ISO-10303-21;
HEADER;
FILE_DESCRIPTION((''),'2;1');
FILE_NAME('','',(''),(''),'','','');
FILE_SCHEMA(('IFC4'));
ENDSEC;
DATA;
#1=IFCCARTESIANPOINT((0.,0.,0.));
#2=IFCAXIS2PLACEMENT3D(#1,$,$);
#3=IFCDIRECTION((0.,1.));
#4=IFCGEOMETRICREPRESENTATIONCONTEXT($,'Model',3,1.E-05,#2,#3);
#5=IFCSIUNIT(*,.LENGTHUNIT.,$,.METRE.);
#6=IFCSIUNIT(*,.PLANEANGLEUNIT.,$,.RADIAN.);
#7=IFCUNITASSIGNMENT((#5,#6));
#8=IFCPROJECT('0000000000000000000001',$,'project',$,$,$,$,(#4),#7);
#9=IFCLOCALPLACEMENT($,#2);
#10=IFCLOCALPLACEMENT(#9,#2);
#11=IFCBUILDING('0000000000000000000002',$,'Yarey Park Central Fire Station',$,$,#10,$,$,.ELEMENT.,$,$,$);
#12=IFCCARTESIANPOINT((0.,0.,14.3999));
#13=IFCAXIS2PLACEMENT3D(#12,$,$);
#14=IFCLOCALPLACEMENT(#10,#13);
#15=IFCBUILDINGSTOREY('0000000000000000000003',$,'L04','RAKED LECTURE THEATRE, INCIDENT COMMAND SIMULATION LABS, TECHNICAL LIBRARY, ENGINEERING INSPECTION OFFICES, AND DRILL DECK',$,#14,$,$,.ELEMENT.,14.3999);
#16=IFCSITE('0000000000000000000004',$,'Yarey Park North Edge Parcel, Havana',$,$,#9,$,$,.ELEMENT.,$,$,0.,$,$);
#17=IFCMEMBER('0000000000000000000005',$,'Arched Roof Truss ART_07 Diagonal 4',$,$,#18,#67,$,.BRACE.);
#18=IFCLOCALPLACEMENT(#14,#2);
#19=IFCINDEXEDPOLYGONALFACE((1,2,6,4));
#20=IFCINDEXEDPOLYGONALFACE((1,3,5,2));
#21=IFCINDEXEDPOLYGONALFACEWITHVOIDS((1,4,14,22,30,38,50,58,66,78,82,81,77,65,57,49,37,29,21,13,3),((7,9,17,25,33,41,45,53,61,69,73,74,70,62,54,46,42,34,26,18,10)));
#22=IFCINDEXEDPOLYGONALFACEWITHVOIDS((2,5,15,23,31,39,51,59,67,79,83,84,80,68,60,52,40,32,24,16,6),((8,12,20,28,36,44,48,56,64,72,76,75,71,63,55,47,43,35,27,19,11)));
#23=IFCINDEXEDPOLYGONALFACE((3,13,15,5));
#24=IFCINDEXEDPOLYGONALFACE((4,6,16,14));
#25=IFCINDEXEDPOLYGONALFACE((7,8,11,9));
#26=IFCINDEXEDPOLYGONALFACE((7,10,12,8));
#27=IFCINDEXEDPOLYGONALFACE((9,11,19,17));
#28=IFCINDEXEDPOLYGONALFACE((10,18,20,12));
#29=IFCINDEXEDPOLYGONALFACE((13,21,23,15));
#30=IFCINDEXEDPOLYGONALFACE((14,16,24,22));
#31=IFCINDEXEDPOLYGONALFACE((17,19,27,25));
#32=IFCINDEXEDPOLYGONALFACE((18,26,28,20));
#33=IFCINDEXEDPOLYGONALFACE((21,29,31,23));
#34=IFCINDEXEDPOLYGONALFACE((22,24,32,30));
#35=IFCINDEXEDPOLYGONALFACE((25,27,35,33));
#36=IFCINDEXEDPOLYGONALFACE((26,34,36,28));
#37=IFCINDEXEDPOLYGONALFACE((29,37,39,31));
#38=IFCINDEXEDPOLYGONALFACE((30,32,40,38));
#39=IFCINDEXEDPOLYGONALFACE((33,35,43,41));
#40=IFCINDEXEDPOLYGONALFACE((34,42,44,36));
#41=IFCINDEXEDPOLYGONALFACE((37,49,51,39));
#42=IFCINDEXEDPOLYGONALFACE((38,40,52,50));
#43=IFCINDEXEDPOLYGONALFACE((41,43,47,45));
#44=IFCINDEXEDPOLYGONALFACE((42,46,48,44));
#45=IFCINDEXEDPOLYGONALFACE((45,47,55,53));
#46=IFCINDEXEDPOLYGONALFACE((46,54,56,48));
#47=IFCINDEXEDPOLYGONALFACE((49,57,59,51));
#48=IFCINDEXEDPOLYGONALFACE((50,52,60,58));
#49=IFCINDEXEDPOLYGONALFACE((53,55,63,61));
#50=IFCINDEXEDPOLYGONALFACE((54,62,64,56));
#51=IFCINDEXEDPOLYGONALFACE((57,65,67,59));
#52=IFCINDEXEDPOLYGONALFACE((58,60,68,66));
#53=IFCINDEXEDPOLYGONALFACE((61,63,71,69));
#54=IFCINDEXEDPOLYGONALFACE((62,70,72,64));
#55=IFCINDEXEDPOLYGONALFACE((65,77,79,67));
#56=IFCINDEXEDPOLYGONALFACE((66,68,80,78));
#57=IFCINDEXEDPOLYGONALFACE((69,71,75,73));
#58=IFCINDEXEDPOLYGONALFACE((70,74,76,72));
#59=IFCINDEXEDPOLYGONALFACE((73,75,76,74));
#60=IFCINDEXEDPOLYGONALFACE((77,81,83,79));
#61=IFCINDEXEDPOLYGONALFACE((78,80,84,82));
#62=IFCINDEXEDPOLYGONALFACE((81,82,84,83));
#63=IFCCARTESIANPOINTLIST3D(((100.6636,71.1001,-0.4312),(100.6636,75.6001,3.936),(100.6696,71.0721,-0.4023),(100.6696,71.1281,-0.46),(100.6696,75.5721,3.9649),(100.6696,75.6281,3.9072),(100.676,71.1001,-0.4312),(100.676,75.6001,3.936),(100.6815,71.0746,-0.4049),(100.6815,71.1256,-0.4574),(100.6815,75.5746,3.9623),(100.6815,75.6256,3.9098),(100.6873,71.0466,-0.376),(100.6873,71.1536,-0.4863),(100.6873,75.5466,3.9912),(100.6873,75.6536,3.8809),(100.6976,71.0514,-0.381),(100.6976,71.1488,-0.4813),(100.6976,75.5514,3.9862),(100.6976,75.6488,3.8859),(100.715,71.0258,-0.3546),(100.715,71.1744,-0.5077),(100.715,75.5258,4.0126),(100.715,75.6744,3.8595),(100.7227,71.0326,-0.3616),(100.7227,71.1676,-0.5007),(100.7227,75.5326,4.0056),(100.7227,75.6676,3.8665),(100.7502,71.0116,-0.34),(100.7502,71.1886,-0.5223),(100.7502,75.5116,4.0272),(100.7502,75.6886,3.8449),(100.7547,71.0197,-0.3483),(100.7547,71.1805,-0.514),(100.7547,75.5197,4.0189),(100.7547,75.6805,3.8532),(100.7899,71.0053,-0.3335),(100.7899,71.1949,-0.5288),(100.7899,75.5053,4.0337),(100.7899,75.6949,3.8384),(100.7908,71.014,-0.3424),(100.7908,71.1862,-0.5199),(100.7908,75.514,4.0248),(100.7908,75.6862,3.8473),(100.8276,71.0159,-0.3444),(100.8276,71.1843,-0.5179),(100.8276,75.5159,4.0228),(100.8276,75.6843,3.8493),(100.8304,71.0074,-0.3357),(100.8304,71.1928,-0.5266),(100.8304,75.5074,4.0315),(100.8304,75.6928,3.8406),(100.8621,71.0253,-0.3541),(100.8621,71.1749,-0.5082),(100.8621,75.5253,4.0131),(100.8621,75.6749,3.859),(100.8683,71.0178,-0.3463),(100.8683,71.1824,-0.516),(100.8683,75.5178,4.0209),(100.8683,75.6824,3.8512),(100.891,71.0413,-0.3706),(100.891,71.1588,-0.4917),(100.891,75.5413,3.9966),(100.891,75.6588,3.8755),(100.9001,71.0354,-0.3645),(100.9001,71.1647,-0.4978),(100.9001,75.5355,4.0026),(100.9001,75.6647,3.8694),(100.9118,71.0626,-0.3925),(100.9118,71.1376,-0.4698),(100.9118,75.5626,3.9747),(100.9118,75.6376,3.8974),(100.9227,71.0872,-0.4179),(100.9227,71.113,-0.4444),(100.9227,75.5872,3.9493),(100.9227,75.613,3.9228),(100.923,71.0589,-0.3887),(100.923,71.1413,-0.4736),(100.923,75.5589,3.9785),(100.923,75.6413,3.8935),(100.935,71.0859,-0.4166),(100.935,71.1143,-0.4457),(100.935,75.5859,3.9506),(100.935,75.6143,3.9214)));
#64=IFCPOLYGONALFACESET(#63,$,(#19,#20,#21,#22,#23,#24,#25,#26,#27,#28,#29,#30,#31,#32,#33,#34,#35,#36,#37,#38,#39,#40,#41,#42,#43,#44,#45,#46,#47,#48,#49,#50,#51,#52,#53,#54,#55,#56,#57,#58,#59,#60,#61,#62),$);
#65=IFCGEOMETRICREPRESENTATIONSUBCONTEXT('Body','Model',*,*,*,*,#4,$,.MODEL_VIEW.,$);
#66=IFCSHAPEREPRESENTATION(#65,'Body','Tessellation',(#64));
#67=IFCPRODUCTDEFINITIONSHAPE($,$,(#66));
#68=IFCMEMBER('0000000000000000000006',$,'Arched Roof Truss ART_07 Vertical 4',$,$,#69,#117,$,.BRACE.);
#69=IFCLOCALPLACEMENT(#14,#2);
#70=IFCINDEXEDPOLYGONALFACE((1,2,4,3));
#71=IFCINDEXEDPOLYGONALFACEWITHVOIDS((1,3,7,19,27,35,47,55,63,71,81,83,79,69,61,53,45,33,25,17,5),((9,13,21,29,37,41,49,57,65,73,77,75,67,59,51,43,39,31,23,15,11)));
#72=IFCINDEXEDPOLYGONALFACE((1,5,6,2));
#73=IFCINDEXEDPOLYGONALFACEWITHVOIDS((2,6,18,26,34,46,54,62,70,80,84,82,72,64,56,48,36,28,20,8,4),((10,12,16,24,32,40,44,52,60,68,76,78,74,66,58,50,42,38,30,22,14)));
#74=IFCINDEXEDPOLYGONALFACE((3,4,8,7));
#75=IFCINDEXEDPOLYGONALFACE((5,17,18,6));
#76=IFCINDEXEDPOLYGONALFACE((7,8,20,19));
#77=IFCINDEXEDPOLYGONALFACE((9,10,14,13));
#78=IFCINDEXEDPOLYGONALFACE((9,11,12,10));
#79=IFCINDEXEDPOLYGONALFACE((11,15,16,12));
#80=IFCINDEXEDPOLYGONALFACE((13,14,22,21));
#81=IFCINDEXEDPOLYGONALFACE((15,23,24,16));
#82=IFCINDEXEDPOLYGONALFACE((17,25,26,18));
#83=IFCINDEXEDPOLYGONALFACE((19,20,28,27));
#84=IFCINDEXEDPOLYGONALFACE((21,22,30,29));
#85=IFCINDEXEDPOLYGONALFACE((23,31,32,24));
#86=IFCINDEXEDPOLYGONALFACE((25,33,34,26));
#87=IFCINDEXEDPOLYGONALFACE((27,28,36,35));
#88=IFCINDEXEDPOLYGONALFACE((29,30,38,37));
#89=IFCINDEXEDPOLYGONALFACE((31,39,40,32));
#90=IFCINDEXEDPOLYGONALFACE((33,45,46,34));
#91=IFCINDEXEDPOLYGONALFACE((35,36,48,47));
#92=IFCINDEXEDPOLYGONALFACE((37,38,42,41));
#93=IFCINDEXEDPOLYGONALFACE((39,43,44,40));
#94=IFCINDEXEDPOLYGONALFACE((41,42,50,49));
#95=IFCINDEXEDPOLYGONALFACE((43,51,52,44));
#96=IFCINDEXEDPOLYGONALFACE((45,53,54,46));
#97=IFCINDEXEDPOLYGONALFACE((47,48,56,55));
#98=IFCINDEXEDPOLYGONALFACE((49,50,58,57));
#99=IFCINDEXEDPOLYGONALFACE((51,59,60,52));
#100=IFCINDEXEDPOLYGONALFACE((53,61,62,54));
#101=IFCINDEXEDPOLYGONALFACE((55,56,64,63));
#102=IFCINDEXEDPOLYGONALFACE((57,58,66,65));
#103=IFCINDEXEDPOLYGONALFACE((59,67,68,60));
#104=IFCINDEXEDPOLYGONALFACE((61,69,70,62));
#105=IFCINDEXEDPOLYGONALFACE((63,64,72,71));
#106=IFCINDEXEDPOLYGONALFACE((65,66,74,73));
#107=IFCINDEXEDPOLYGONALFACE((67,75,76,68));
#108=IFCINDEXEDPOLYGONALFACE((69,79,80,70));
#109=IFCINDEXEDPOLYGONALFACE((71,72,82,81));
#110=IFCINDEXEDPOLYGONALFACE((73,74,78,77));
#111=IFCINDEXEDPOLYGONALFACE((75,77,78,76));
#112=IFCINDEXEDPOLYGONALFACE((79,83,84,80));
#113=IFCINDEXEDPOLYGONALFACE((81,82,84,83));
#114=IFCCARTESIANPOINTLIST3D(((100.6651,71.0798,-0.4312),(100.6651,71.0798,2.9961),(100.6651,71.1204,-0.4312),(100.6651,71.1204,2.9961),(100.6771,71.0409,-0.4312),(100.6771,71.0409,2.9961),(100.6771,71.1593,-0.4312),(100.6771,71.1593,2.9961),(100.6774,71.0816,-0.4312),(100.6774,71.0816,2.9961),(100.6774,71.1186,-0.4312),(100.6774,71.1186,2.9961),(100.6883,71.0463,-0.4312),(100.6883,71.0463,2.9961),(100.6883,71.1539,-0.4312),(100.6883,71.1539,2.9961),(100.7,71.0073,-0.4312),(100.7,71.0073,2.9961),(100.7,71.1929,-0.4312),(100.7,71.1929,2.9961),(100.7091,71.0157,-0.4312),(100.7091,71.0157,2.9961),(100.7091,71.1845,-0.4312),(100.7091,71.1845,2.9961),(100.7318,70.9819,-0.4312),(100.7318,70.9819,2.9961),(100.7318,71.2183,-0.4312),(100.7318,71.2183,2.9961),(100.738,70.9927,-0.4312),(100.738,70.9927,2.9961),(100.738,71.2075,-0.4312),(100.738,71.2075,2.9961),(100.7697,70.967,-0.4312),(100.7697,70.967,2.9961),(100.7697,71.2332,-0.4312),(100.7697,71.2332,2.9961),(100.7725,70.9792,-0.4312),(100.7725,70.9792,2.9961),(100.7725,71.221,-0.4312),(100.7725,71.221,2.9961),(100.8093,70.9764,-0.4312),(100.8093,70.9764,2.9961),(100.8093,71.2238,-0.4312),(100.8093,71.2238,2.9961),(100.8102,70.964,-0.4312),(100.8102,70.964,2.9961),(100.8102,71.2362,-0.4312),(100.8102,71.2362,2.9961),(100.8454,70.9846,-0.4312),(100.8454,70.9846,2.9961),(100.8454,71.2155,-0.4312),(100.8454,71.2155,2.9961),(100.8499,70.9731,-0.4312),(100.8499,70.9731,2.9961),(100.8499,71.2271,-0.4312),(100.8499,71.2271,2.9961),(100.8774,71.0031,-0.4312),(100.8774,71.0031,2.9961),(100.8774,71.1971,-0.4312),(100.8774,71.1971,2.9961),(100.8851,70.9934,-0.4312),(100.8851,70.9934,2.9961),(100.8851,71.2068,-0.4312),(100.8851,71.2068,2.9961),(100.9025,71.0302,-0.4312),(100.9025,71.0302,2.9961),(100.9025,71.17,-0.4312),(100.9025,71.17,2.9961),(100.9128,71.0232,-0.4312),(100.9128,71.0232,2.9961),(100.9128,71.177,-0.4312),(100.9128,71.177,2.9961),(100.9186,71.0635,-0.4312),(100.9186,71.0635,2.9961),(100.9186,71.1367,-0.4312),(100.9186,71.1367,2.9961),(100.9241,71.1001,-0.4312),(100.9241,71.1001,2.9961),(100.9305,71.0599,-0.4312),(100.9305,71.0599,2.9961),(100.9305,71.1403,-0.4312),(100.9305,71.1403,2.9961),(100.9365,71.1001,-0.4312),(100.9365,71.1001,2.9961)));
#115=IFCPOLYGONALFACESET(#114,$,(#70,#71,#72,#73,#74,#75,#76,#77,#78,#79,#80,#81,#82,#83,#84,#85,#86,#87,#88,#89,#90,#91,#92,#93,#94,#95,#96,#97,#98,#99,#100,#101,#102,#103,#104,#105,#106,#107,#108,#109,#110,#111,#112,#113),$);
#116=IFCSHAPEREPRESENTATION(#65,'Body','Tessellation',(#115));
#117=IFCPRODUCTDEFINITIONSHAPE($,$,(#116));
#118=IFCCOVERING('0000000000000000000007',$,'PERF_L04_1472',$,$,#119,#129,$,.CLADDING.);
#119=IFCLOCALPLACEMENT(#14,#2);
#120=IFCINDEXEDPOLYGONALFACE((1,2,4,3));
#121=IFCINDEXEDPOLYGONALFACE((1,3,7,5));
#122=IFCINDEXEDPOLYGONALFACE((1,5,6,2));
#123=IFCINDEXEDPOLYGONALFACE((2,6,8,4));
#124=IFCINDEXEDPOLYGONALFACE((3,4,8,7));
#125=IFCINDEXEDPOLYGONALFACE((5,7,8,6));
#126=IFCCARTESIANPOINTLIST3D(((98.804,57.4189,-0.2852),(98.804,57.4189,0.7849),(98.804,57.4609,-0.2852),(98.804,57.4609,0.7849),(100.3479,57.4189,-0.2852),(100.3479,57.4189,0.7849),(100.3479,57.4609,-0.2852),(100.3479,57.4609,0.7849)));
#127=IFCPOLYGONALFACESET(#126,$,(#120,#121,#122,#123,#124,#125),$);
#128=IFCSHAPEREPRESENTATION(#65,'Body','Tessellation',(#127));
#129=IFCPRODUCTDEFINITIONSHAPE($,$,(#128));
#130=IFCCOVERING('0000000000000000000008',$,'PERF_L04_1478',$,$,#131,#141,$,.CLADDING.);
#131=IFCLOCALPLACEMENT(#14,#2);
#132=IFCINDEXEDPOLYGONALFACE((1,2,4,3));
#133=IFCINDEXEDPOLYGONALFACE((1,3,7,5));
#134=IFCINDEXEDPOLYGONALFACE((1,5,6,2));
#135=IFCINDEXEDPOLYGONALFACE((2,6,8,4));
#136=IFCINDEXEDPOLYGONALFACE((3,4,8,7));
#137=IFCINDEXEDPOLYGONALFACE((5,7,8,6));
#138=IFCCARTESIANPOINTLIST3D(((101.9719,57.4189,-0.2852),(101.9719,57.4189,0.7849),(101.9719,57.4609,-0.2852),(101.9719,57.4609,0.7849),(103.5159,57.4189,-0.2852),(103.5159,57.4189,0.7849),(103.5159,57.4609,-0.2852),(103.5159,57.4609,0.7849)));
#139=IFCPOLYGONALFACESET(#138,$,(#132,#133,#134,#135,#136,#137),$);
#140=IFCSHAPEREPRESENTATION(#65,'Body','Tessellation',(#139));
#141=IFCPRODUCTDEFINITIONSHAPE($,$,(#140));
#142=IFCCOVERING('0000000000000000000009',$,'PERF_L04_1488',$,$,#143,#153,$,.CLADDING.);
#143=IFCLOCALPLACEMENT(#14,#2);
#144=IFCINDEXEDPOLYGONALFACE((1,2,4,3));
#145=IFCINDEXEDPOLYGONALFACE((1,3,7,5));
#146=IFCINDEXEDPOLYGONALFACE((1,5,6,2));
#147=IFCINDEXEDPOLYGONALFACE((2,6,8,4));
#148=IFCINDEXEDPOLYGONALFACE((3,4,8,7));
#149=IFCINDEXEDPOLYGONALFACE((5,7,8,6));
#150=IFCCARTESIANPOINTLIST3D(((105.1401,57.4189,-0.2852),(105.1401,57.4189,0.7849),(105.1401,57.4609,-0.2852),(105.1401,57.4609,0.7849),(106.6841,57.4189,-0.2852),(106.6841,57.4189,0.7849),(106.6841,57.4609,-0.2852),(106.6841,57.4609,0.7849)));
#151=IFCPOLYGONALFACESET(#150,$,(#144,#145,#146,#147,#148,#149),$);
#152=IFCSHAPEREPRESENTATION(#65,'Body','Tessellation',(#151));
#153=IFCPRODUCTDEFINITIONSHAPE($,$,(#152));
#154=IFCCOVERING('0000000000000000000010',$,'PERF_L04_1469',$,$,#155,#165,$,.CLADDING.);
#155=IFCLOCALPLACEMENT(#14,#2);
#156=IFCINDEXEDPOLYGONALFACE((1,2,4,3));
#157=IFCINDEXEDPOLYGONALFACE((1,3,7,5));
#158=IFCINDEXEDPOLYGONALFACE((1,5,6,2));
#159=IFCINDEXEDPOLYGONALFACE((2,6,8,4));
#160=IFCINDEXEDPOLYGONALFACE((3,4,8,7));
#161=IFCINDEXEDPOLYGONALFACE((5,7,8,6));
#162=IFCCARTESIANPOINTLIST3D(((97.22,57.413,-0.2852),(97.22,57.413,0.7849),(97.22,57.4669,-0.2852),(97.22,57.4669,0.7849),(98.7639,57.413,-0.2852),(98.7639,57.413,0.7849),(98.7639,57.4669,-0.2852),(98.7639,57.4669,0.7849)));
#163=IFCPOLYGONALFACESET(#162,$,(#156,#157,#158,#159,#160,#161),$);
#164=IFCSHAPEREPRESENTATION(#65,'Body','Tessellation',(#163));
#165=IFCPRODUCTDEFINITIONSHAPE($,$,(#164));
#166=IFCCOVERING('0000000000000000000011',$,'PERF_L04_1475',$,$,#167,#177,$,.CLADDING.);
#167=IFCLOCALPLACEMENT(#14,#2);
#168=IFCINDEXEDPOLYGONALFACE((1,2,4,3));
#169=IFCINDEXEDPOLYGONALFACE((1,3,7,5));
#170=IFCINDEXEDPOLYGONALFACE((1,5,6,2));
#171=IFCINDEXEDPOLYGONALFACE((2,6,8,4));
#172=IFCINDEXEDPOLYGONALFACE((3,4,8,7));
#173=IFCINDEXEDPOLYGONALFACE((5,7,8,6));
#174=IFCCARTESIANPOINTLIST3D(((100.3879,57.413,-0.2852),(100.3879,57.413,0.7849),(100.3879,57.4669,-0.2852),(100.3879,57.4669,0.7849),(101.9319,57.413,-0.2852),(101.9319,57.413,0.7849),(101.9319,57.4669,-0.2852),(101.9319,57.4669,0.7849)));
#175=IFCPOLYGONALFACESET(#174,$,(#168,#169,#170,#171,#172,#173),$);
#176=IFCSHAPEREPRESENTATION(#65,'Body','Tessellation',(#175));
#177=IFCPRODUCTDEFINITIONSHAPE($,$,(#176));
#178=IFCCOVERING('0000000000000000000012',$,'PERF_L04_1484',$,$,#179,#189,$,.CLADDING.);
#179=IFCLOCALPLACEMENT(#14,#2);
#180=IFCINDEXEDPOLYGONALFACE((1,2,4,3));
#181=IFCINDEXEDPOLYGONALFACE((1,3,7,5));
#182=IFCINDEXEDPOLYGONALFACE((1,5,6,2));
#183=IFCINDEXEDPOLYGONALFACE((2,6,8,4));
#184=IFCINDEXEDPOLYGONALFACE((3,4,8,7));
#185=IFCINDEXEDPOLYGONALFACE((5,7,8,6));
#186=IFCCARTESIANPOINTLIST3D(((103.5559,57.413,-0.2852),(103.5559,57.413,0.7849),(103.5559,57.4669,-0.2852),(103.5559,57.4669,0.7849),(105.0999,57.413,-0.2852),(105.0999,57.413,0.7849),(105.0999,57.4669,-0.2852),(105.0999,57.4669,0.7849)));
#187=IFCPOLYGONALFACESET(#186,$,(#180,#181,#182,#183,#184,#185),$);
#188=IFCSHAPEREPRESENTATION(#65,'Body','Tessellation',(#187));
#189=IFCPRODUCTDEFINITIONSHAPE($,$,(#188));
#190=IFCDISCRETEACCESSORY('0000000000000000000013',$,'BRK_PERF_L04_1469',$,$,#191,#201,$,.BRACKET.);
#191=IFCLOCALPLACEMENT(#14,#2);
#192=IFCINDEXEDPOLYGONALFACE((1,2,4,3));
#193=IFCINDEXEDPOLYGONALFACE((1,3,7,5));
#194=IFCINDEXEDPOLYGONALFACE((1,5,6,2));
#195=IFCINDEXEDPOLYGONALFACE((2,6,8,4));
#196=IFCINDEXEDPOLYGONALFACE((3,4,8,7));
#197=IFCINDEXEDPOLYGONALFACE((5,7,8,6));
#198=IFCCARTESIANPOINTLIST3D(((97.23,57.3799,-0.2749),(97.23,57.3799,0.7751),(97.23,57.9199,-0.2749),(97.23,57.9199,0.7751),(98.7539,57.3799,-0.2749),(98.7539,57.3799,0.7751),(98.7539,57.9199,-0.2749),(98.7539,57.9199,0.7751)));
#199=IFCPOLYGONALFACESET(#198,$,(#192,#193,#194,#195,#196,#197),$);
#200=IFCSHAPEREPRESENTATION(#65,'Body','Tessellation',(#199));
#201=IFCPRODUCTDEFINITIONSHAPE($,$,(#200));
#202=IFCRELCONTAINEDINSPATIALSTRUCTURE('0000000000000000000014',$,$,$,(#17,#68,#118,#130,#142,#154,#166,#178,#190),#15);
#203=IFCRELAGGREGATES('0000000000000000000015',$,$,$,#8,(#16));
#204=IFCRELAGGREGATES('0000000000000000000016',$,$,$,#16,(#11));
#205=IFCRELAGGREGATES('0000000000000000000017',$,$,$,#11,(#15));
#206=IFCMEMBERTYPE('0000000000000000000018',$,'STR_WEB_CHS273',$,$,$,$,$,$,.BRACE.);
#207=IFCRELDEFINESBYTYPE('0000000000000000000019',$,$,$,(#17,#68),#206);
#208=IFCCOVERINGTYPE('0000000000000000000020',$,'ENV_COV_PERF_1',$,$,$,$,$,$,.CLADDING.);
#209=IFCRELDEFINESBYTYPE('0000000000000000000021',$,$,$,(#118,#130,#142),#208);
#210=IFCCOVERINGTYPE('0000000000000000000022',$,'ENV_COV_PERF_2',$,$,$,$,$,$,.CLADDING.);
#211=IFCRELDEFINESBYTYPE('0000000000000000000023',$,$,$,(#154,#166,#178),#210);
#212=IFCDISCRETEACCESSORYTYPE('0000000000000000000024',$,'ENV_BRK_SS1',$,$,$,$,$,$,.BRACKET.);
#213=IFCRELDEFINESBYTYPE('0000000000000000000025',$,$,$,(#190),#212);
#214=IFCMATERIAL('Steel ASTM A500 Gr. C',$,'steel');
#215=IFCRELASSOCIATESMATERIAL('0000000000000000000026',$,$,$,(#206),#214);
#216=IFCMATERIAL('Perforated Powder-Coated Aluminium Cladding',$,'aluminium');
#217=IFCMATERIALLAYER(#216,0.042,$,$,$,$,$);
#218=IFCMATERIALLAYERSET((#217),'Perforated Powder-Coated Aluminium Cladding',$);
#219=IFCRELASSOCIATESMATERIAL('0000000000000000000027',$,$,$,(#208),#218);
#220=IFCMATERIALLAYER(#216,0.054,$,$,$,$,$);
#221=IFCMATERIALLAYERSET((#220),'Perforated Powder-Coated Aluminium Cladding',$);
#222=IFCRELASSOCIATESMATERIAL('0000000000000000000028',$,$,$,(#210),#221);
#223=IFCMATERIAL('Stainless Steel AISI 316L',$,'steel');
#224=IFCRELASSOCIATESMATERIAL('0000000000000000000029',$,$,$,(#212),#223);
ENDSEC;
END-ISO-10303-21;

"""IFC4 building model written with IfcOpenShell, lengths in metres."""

from ifc_helpers import new_model, si_unit, direction, frame, origin, origin_2d, place, context, subcontext, project, spatial, rectangle, hollow_circle, extrude, material, layer, layer_set, material_profile, profile_set, type_object, element, save


model = new_model("IFC4")

# Units and contexts
model_context = context("Model", 3, precision=1e-05, world=origin(), true_north=direction((0.0, 1.0)))
body_context = subcontext(model_context, "Body", "Model", "MODEL_VIEW")
ifc_project = project(units=[si_unit("LENGTHUNIT", "METRE"), si_unit("PLANEANGLEUNIT", "RADIAN")], contexts=[model_context])

# Site, building, storey
site_placement = place(None, origin())
site = spatial("IfcSite", under=ifc_project, at=site_placement, Name="Yarey Park North Edge Parcel, Havana", CompositionType="ELEMENT", RefElevation=0.0)
building_placement = place(site_placement, origin())
building = spatial("IfcBuilding", under=site, at=building_placement, Name="Yarey Park Central Fire Station", CompositionType="ELEMENT")
storey_placement = place(building_placement, frame((0.0, 0.0, 14.3999)))
storey = spatial("IfcBuildingStorey", under=building, at=storey_placement, Name="L04", Description="RAKED LECTURE THEATRE, INCIDENT COMMAND SIMULATION LABS, TECHNICAL LIBRARY, ENGINEERING INSPECTION OFFICES, AND DRILL DECK", CompositionType="ELEMENT", Elevation=14.3999)

# Shared definitions
ifc_material_1 = material(Name="Steel ASTM A500 Gr. C", Category="steel")

# Members
ifc_material_profile_1 = material_profile(ifc_material_1, hollow_circle(Radius=0.1365, WallThickness=0.0125, at=origin_2d()), Name="CHS 273x12.5")
ifc_profile_set_1 = profile_set([ifc_material_profile_1], Name="Steel ASTM A500 Gr. C")
member_type_1 = type_object("IfcMemberType", Name="STR_WEB_CHS273", PredefinedType="BRACE", material=ifc_profile_set_1)
member_1_placement = place(storey_placement, frame((100.8, 71.1001, -0.4312), z_axis=(0.0, 0.717617, 0.696438), x_axis=(-1.0, 0.0, 0.0)))
element("IfcMember", 1, at=member_1_placement, inside=storey, type_object=member_type_1, Name="Arched Roof Truss ART_07 Diagonal 4", PredefinedType="BRACE", context=body_context, shape_type="SweptSolid", body=[
    extrude(hollow_circle(Radius=0.1365, WallThickness=0.0125, at=origin_2d()), origin(), (0.0, 0.0, 1.0), 6.2708),
])
member_2_placement = place(storey_placement, frame((100.8, 71.1001, -0.4312), z_axis=(0.0, 0.0, 1.0), x_axis=(1.0, 0.0, 0.0)))
element("IfcMember", 2, at=member_2_placement, inside=storey, type_object=member_type_1, Name="Arched Roof Truss ART_07 Vertical 4", PredefinedType="BRACE", context=body_context, shape_type="SweptSolid", body=[
    extrude(hollow_circle(Radius=0.1365, WallThickness=0.0125, at=origin_2d()), origin(), (0.0, 0.0, 1.0), 3.4272),
])

# Coverings
ifc_material_2 = material(Name="Perforated Powder-Coated Aluminium Cladding", Category="aluminium")
ifc_layer_1 = layer(ifc_material_2, 0.042)
ifc_layer_set_1 = layer_set([ifc_layer_1], Name="Perforated Powder-Coated Aluminium Cladding")
covering_type_1 = type_object("IfcCoveringType", Name="ENV_COV_PERF_1", PredefinedType="CLADDING", material=ifc_layer_set_1)
for number, where, z_axis, x_axis, name in (
    (3, (99.5759, 57.4399, -0.2852), (0.0, 0.0, 1.0), (1.0, 0.0, 0.0), "PERF_L04_1472"),
    (4, (102.7439, 57.4399, -0.2852), (0.0, 0.0, 1.0), (1.0, 0.0, 0.0), "PERF_L04_1478"),
    (5, (105.9121, 57.4399, -0.2852), (0.0, 0.0, 1.0), (1.0, 0.0, 0.0), "PERF_L04_1488"),
):
    element("IfcCovering", number, at=place(storey_placement, frame(where, z_axis=z_axis, x_axis=x_axis)), inside=storey, type_object=covering_type_1, Name=name, PredefinedType="CLADDING", context=body_context, shape_type="SweptSolid", body=[
        extrude(rectangle(XDim=1.5439, YDim=0.042, at=origin_2d()), origin(), (0.0, 0.0, 1.0), 1.0701),
    ])
ifc_layer_2 = layer(ifc_material_2, 0.054)
ifc_layer_set_2 = layer_set([ifc_layer_2], Name="Perforated Powder-Coated Aluminium Cladding")
covering_type_2 = type_object("IfcCoveringType", Name="ENV_COV_PERF_2", PredefinedType="CLADDING", material=ifc_layer_set_2)
for number, where, z_axis, x_axis, name in (
    (6, (97.9919, 57.4399, -0.2852), (0.0, 0.0, 1.0), (1.0, 0.0, 0.0), "PERF_L04_1469"),
    (7, (101.1599, 57.4399, -0.2852), (0.0, 0.0, 1.0), (1.0, 0.0, 0.0), "PERF_L04_1475"),
    (8, (104.3279, 57.4399, -0.2852), (0.0, 0.0, 1.0), (1.0, 0.0, 0.0), "PERF_L04_1484"),
):
    element("IfcCovering", number, at=place(storey_placement, frame(where, z_axis=z_axis, x_axis=x_axis)), inside=storey, type_object=covering_type_2, Name=name, PredefinedType="CLADDING", context=body_context, shape_type="SweptSolid", body=[
        extrude(rectangle(XDim=1.5439, YDim=0.054, at=origin_2d()), origin(), (0.0, 0.0, 1.0), 1.0701),
    ])

# Discrete accessory
ifc_material_3 = material(Name="Stainless Steel AISI 316L", Category="steel")
discrete_accessory_type = type_object("IfcDiscreteAccessoryType", Name="ENV_BRK_SS1", PredefinedType="BRACKET", material=ifc_material_3)
for number, where, z_axis, x_axis, name in (
    (9, (97.9919, 57.6499, -0.2749), (0.0, 0.0, 1.0), (1.0, 0.0, 0.0), "BRK_PERF_L04_1469"),
):
    element("IfcDiscreteAccessory", number, at=place(storey_placement, frame(where, z_axis=z_axis, x_axis=x_axis)), inside=storey, type_object=discrete_accessory_type, Name=name, PredefinedType="BRACKET", context=body_context, shape_type="SweptSolid", body=[
        extrude(rectangle(XDim=1.5239, YDim=0.54, at=origin_2d()), origin(), (0.0, 0.0, 1.0), 1.05),
    ])

save(model, "model.ifc")
